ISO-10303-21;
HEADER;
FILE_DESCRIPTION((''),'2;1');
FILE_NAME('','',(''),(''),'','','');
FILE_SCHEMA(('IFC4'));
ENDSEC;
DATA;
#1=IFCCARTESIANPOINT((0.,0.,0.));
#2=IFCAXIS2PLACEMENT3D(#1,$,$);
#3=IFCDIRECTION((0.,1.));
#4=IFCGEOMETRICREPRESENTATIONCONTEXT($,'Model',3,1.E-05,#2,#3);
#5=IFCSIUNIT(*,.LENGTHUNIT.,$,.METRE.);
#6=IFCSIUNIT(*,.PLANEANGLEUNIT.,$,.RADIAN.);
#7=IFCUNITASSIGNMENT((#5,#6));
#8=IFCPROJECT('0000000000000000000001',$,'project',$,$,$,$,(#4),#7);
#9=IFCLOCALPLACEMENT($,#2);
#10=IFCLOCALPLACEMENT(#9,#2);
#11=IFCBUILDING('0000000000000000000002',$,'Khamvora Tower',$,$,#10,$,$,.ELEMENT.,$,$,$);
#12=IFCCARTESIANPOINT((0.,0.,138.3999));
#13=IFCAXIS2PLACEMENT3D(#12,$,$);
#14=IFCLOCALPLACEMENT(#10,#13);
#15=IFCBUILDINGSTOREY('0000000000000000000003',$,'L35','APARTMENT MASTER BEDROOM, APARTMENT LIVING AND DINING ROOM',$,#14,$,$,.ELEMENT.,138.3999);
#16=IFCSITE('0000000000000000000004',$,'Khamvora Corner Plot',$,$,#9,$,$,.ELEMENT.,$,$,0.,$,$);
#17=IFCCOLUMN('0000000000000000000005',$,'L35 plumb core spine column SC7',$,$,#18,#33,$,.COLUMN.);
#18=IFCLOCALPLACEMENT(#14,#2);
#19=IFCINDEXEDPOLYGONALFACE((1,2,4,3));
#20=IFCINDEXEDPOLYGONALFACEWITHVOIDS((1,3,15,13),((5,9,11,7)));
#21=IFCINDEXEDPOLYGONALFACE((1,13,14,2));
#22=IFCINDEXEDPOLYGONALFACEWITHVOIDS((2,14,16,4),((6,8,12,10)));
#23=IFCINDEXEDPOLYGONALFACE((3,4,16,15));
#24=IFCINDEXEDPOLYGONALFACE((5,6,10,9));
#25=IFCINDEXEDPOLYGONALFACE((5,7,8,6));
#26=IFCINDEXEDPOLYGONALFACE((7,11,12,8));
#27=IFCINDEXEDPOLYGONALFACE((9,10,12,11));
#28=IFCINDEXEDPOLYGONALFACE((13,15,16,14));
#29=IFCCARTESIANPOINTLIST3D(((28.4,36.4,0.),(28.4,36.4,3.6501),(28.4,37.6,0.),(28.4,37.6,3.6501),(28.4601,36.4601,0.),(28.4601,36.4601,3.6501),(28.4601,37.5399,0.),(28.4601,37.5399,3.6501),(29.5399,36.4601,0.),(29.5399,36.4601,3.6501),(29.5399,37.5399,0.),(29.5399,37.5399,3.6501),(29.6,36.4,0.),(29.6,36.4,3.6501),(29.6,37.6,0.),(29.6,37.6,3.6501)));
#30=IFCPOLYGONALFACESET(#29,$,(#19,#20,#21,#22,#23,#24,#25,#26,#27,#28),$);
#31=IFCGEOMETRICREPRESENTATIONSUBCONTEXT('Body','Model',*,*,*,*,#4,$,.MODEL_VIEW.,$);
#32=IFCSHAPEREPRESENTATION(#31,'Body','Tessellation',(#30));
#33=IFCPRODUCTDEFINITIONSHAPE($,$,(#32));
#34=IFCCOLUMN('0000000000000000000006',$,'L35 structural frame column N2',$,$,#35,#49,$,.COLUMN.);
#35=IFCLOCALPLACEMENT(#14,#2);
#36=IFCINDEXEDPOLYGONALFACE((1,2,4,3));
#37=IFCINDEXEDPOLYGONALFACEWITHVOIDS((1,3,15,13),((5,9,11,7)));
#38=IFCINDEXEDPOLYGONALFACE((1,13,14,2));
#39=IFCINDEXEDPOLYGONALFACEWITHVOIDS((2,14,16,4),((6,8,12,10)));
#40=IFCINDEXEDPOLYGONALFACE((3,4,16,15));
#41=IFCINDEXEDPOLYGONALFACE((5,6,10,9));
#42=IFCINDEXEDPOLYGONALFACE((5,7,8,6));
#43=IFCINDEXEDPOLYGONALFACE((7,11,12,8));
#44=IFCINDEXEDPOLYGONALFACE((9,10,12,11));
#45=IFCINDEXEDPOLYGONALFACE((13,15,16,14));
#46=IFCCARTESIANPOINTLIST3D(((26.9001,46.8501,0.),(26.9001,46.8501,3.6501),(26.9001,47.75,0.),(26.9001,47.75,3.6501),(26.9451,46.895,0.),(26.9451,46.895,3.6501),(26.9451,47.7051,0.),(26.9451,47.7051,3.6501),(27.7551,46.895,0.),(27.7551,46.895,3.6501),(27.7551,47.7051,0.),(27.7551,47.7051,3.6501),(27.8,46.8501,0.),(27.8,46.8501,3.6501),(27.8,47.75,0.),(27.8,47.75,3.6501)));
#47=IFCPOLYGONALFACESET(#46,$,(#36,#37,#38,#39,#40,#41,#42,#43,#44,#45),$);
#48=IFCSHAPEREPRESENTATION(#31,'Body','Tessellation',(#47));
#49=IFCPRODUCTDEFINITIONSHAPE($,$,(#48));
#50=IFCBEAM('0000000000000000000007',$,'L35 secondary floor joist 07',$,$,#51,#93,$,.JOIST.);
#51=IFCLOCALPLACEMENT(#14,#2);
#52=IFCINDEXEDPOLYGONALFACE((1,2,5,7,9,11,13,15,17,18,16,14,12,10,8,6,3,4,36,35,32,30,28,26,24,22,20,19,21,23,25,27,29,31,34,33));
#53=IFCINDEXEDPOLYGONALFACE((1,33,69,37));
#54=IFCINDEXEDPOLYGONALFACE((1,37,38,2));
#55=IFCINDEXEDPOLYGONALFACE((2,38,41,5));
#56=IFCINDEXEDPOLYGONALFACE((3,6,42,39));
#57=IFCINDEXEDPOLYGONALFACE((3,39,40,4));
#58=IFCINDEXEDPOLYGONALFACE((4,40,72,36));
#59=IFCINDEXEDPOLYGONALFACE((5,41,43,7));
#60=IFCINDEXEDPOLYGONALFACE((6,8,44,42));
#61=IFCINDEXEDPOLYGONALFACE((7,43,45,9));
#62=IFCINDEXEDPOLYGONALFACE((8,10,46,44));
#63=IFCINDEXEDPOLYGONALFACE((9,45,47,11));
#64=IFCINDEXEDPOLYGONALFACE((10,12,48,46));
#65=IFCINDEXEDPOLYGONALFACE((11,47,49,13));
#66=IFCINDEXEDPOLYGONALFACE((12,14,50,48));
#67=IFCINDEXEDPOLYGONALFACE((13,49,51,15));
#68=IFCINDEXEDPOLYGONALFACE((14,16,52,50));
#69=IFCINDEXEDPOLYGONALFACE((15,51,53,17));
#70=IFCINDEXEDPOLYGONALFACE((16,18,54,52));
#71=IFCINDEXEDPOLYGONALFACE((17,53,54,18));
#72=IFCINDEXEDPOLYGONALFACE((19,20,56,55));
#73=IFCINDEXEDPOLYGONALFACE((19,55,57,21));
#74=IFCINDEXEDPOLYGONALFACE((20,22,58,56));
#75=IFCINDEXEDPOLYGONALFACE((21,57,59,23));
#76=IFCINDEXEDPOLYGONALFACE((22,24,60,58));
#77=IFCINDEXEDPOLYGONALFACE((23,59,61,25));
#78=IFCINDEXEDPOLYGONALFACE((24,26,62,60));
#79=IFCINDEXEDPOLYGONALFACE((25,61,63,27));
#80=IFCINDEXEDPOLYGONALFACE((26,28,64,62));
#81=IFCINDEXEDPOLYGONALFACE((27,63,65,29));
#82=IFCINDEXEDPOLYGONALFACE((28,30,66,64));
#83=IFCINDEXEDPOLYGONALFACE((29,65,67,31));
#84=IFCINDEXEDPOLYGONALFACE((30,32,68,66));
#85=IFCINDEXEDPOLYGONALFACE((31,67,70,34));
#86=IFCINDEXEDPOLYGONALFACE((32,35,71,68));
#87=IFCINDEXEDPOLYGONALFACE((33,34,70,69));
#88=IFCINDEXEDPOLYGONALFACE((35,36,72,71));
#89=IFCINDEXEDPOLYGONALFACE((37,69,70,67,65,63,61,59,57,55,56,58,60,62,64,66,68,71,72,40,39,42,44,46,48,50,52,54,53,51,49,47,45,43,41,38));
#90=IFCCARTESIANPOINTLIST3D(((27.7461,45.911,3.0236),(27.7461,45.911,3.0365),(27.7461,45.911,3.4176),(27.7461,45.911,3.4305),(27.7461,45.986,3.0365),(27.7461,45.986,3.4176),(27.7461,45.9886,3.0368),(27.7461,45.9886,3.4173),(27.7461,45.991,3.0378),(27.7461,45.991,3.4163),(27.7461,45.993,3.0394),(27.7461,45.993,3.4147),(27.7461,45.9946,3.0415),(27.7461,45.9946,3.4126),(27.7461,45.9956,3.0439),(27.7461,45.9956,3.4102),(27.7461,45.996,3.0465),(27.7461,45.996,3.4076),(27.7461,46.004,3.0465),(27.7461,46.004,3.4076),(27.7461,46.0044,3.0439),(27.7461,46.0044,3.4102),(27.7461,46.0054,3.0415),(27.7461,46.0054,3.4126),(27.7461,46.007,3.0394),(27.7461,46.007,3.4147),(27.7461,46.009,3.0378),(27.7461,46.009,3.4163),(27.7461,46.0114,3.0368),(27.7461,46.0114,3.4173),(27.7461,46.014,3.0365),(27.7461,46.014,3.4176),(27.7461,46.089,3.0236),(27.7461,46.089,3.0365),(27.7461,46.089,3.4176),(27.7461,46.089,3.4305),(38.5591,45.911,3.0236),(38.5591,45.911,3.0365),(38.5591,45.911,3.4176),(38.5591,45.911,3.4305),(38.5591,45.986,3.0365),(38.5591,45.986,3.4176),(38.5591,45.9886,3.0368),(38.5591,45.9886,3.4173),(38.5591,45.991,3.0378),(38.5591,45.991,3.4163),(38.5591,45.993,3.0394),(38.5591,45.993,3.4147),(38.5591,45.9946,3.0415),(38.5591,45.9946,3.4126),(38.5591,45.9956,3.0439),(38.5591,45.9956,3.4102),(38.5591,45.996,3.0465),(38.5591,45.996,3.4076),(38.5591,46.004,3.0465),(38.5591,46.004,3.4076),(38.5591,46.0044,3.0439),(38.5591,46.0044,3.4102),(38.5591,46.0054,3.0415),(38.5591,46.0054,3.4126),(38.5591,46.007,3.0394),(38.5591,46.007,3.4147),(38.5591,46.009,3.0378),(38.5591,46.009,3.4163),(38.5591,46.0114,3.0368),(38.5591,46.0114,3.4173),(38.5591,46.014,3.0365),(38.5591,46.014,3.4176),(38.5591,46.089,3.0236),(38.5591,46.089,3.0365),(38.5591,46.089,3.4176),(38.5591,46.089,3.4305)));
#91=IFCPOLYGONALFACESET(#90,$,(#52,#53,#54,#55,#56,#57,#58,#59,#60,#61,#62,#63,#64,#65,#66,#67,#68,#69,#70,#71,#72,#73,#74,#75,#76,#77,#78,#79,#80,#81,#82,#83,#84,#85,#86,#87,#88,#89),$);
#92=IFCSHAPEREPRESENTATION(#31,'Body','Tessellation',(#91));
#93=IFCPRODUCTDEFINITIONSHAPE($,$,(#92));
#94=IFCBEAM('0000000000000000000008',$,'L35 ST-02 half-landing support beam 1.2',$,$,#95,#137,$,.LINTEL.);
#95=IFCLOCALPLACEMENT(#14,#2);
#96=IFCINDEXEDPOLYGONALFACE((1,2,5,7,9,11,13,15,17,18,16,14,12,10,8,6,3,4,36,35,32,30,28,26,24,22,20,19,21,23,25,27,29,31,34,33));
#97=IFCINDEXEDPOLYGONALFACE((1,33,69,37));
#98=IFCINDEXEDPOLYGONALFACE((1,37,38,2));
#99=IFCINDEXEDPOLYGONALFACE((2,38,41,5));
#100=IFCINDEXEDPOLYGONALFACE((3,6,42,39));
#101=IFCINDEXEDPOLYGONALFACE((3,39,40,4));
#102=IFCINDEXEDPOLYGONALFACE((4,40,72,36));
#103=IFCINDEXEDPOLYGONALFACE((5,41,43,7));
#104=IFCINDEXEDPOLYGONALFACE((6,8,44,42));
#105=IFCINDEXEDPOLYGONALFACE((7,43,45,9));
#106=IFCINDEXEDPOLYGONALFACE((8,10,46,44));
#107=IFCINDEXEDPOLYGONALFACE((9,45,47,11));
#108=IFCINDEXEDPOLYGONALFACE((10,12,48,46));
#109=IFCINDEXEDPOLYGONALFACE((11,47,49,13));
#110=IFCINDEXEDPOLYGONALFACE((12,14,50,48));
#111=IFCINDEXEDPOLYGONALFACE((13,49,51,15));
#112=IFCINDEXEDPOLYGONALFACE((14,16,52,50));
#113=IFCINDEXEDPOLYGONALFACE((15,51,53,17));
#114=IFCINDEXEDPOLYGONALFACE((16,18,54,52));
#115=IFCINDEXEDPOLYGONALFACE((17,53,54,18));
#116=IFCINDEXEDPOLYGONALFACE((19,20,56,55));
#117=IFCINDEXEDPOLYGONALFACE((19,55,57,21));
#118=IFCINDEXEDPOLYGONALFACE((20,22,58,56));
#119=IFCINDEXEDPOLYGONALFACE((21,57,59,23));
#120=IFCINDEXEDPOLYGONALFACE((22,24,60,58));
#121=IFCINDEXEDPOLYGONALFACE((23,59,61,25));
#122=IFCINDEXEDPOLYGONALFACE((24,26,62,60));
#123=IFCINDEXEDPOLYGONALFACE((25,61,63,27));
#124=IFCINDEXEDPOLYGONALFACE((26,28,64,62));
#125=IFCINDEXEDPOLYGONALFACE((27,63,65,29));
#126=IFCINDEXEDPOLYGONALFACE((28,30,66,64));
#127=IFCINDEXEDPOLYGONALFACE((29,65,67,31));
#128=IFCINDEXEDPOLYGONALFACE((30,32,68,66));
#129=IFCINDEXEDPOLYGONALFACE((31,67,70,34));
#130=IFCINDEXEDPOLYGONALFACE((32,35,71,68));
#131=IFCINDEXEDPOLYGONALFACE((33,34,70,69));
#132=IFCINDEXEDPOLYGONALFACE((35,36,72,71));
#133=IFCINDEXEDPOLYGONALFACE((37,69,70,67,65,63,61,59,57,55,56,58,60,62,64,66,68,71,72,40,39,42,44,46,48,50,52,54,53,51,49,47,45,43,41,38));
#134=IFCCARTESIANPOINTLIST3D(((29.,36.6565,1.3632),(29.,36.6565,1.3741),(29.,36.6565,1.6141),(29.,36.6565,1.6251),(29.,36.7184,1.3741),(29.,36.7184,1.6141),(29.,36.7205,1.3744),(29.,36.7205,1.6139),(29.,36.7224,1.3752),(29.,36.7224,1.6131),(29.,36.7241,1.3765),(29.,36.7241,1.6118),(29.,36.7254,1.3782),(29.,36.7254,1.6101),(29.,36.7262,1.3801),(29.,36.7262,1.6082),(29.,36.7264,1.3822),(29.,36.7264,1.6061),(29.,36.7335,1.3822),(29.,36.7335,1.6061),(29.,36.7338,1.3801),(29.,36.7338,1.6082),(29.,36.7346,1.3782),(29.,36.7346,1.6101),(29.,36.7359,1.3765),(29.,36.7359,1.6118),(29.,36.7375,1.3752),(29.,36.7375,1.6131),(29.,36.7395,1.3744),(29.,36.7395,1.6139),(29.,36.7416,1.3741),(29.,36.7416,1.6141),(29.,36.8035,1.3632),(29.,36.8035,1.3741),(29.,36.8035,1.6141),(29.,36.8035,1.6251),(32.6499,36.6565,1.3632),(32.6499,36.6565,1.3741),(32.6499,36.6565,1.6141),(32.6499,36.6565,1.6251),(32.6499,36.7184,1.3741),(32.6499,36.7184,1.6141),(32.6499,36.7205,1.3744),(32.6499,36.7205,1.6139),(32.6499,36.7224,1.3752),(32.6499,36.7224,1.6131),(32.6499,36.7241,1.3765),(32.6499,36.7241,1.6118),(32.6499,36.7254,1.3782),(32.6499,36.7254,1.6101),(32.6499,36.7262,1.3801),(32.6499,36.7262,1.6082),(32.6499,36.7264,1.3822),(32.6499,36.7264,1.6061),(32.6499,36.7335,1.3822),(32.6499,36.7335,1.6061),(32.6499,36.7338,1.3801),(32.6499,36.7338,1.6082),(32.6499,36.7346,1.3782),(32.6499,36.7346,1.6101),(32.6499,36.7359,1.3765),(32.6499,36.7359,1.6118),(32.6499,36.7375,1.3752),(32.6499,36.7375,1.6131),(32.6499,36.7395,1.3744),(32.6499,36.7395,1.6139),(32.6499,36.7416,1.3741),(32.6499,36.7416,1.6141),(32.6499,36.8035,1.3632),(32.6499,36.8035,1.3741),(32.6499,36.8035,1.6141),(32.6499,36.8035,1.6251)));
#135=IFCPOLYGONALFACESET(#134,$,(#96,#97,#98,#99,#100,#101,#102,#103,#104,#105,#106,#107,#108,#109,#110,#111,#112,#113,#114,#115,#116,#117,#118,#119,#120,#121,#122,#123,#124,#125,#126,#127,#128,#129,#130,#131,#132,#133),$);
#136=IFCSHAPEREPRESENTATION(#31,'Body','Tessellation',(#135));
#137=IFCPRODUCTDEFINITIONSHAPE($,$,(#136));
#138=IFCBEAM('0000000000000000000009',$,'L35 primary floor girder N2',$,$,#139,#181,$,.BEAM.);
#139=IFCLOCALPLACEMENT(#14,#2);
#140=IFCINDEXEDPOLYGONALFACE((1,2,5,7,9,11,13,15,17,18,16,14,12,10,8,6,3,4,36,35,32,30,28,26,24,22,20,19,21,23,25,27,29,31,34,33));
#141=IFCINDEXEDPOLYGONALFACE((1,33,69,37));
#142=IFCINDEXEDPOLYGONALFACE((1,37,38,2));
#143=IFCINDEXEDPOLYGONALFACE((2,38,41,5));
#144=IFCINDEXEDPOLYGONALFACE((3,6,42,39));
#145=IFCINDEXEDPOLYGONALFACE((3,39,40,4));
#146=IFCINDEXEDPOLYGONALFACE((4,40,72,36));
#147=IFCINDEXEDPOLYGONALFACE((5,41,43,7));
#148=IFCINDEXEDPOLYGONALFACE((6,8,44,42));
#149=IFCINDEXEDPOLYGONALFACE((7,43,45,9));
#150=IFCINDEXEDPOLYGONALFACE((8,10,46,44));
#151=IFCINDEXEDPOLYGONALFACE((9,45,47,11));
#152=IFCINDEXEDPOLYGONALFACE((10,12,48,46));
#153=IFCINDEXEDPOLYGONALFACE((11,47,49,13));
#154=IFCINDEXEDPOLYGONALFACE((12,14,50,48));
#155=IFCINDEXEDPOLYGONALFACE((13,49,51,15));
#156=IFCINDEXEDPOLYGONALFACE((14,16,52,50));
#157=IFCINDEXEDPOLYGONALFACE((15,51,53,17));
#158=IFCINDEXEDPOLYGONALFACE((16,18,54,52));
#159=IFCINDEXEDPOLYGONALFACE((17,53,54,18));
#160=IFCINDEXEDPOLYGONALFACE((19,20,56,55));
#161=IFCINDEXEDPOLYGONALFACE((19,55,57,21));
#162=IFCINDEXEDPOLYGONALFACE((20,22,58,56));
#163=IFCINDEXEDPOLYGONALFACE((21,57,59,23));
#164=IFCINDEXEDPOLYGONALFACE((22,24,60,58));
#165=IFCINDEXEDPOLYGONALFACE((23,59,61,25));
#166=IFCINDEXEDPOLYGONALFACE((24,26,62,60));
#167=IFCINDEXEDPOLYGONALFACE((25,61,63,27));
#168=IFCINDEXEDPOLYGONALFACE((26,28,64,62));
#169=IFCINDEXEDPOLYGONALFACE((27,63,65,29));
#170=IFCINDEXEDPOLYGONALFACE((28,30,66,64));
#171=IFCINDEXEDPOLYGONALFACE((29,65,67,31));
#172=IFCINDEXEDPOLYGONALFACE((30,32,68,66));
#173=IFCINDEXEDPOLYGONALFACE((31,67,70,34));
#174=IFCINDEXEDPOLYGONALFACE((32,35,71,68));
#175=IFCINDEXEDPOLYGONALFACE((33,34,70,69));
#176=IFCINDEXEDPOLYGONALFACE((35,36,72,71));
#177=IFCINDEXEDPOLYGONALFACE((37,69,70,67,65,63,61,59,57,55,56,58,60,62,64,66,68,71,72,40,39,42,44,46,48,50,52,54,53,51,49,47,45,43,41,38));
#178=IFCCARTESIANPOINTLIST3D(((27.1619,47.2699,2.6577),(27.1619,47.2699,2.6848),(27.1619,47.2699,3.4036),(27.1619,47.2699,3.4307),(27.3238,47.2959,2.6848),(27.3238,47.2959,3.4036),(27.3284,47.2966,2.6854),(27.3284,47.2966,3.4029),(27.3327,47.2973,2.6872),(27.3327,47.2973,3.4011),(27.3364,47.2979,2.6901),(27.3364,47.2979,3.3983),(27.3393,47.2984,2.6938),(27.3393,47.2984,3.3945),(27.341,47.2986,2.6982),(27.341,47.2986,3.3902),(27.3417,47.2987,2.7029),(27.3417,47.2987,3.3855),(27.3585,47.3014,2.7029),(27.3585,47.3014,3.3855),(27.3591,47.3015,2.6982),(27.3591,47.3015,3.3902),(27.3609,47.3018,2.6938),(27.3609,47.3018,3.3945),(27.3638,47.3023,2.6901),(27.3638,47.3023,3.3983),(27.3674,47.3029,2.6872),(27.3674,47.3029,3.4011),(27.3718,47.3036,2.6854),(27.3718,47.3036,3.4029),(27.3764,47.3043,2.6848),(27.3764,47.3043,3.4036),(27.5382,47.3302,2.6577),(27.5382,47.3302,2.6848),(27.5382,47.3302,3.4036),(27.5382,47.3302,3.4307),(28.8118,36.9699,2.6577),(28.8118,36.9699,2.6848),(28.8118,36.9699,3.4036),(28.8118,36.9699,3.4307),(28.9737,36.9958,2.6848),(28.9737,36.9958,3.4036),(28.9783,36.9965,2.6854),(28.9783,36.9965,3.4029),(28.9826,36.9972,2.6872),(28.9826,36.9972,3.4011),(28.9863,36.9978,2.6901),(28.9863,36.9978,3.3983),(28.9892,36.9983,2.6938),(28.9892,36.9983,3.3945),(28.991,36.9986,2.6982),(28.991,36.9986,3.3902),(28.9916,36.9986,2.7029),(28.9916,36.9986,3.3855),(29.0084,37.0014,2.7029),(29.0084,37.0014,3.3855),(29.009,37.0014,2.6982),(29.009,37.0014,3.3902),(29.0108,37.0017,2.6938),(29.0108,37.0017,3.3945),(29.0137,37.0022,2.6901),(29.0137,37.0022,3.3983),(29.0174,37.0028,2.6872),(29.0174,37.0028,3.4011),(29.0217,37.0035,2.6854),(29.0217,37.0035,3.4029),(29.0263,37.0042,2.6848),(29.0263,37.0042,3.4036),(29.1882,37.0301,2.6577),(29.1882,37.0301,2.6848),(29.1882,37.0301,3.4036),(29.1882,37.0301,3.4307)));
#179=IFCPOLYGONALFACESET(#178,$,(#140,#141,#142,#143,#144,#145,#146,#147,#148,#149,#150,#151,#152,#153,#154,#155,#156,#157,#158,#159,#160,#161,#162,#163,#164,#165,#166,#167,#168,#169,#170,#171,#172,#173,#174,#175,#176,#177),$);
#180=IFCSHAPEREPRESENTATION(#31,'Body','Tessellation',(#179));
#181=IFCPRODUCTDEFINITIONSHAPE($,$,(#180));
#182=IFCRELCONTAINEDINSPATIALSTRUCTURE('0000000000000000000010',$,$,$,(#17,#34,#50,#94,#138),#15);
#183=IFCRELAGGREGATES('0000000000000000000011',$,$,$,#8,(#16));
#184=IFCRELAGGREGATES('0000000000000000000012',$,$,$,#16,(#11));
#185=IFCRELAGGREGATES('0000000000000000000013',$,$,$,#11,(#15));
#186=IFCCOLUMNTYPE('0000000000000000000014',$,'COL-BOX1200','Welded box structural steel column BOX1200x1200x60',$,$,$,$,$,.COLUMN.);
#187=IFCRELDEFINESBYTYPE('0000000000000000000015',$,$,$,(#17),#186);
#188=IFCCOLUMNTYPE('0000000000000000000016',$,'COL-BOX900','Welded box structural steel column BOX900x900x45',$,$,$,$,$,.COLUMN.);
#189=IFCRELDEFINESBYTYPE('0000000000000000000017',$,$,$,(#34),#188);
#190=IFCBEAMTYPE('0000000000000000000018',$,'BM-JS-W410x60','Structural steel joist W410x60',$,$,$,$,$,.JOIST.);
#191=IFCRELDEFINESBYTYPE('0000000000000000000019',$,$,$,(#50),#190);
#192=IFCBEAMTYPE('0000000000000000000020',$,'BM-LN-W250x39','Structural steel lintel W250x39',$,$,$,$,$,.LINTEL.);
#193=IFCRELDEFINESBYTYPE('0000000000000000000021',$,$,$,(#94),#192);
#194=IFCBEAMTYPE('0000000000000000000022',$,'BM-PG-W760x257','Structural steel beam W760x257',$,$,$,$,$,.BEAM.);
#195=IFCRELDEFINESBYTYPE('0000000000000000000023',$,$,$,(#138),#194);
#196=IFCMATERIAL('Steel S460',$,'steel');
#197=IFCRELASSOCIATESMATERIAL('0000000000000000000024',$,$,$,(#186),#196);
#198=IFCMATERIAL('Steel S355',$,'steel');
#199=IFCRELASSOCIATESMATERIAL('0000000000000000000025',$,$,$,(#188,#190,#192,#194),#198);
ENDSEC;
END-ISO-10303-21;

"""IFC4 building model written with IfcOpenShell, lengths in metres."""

from ifc_helpers import new_model, si_unit, direction, frame, origin, origin_2d, place, context, subcontext, project, spatial, hollow_rectangle, i_section, extrude, material, material_profile, profile_set, type_object, element, save


model = new_model("IFC4")

# Units and contexts
model_context = context("Model", 3, precision=1e-05, world=origin(), true_north=direction((0.0, 1.0)))
body_context = subcontext(model_context, "Body", "Model", "MODEL_VIEW")
ifc_project = project(units=[si_unit("LENGTHUNIT", "METRE"), si_unit("PLANEANGLEUNIT", "RADIAN")], contexts=[model_context])

# Site, building, storey
site_placement = place(None, origin())
site = spatial("IfcSite", under=ifc_project, at=site_placement, Name="Khamvora Corner Plot", CompositionType="ELEMENT", RefElevation=0.0)
building_placement = place(site_placement, origin())
building = spatial("IfcBuilding", under=site, at=building_placement, Name="Khamvora Tower", CompositionType="ELEMENT")
storey_placement = place(building_placement, frame((0.0, 0.0, 138.3999)))
storey = spatial("IfcBuildingStorey", under=building, at=storey_placement, Name="L35", Description="APARTMENT MASTER BEDROOM, APARTMENT LIVING AND DINING ROOM", CompositionType="ELEMENT", Elevation=138.3999)

# Columns
ifc_material_1 = material(Name="Steel S460", Category="steel")
ifc_material_profile_1 = material_profile(ifc_material_1, hollow_rectangle(XDim=1.2, YDim=1.2, WallThickness=0.0601, at=origin_2d()), Name="BOX1200x1200x60")
ifc_profile_set_1 = profile_set([ifc_material_profile_1], Name="Steel S460")
column_type_1 = type_object("IfcColumnType", Name="COL-BOX1200", Description="Welded box structural steel column BOX1200x1200x60", PredefinedType="COLUMN", material=ifc_profile_set_1)
column_1_placement = place(storey_placement, frame((29.0, 37.0, 0.0), z_axis=(0.0, 0.0, 1.0), x_axis=(1.0, 0.0, 0.0)))
element("IfcColumn", 1, at=column_1_placement, inside=storey, type_object=column_type_1, Name="L35 plumb core spine column SC7", PredefinedType="COLUMN", context=body_context, shape_type="SweptSolid", body=[
    extrude(hollow_rectangle(XDim=1.2, YDim=1.2, WallThickness=0.0601, at=origin_2d()), origin(), (0.0, 0.0, 1.0), 3.6501),
])
ifc_material_2 = material(Name="Steel S355", Category="steel")
ifc_material_profile_2 = material_profile(ifc_material_2, hollow_rectangle(XDim=0.8999, YDim=0.8999, WallThickness=0.0449, at=origin_2d()), Name="BOX900x900x45")
ifc_profile_set_2 = profile_set([ifc_material_profile_2], Name="Steel S355")
column_type_2 = type_object("IfcColumnType", Name="COL-BOX900", Description="Welded box structural steel column BOX900x900x45", PredefinedType="COLUMN", material=ifc_profile_set_2)
column_2_placement = place(storey_placement, frame((27.3501, 47.3, 0.0), z_axis=(0.0, 0.0, 1.0), x_axis=(1.0, 0.0, 0.0)))
element("IfcColumn", 2, at=column_2_placement, inside=storey, type_object=column_type_2, Name="L35 structural frame column N2", PredefinedType="COLUMN", context=body_context, shape_type="SweptSolid", body=[
    extrude(hollow_rectangle(XDim=0.8999, YDim=0.8999, WallThickness=0.0449, at=origin_2d()), origin(), (0.0, 0.0, 1.0), 3.6501),
])

# Beams
ifc_material_profile_3 = material_profile(ifc_material_2, i_section(OverallWidth=0.178, OverallDepth=0.407, WebThickness=0.0081, FlangeThickness=0.0129, FilletRadius=0.01, at=origin_2d()), Name="W410x60")
ifc_profile_set_3 = profile_set([ifc_material_profile_3], Name="Steel S355")
beam_type_1 = type_object("IfcBeamType", Name="BM-JS-W410x60", Description="Structural steel joist W410x60", PredefinedType="JOIST", material=ifc_profile_set_3)
beam_1_placement = place(storey_placement, frame((27.7461, 46.0, 3.2271), z_axis=(1.0, 0.0, 0.0), x_axis=(0.0, 1.0, 0.0)))
element("IfcBeam", 3, at=beam_1_placement, inside=storey, type_object=beam_type_1, Name="L35 secondary floor joist 07", PredefinedType="JOIST", context=body_context, shape_type="SweptSolid", body=[
    extrude(i_section(OverallWidth=0.178, OverallDepth=0.407, WebThickness=0.0081, FlangeThickness=0.0129, FilletRadius=0.01, at=origin_2d()), origin(), (0.0, 0.0, 1.0), 10.813),
])
ifc_material_profile_4 = material_profile(ifc_material_2, i_section(OverallWidth=0.147, OverallDepth=0.262, WebThickness=0.0071, FlangeThickness=0.011, FilletRadius=0.0081, at=origin_2d()), Name="W250x39")
ifc_profile_set_4 = profile_set([ifc_material_profile_4], Name="Steel S355")
beam_type_2 = type_object("IfcBeamType", Name="BM-LN-W250x39", Description="Structural steel lintel W250x39", PredefinedType="LINTEL", material=ifc_profile_set_4)
beam_2_placement = place(storey_placement, frame((29.0, 36.73, 1.4941), z_axis=(1.0, 0.0, 0.0), x_axis=(0.0, 1.0, 0.0)))
element("IfcBeam", 4, at=beam_2_placement, inside=storey, type_object=beam_type_2, Name="L35 ST-02 half-landing support beam 1.2", PredefinedType="LINTEL", context=body_context, shape_type="SweptSolid", body=[
    extrude(i_section(OverallWidth=0.147, OverallDepth=0.262, WebThickness=0.0071, FlangeThickness=0.011, FilletRadius=0.0081, at=origin_2d()), origin(), (0.0, 0.0, 1.0), 3.6499),
])
ifc_material_profile_5 = material_profile(ifc_material_2, i_section(OverallWidth=0.3811, OverallDepth=0.7729, WebThickness=0.0171, FlangeThickness=0.0271, FilletRadius=0.0181, at=origin_2d()), Name="W760x257")
ifc_profile_set_5 = profile_set([ifc_material_profile_5], Name="Steel S355")
beam_type_3 = type_object("IfcBeamType", Name="BM-PG-W760x257", Description="Structural steel beam W760x257", PredefinedType="BEAM", material=ifc_profile_set_5)
beam_3_placement = place(storey_placement, frame((29.0, 37.0, 3.0442), z_axis=(-0.158168, 0.987412, 0.0), x_axis=(-0.987412, -0.158168, 0.0)))
element("IfcBeam", 5, at=beam_3_placement, inside=storey, type_object=beam_type_3, Name="L35 primary floor girder N2", PredefinedType="BEAM", context=body_context, shape_type="SweptSolid", body=[
    extrude(i_section(OverallWidth=0.3811, OverallDepth=0.7729, WebThickness=0.0171, FlangeThickness=0.0271, FilletRadius=0.0181, at=origin_2d()), origin(), (0.0, 0.0, 1.0), 10.4314),
])

save(model, "model.ifc")
